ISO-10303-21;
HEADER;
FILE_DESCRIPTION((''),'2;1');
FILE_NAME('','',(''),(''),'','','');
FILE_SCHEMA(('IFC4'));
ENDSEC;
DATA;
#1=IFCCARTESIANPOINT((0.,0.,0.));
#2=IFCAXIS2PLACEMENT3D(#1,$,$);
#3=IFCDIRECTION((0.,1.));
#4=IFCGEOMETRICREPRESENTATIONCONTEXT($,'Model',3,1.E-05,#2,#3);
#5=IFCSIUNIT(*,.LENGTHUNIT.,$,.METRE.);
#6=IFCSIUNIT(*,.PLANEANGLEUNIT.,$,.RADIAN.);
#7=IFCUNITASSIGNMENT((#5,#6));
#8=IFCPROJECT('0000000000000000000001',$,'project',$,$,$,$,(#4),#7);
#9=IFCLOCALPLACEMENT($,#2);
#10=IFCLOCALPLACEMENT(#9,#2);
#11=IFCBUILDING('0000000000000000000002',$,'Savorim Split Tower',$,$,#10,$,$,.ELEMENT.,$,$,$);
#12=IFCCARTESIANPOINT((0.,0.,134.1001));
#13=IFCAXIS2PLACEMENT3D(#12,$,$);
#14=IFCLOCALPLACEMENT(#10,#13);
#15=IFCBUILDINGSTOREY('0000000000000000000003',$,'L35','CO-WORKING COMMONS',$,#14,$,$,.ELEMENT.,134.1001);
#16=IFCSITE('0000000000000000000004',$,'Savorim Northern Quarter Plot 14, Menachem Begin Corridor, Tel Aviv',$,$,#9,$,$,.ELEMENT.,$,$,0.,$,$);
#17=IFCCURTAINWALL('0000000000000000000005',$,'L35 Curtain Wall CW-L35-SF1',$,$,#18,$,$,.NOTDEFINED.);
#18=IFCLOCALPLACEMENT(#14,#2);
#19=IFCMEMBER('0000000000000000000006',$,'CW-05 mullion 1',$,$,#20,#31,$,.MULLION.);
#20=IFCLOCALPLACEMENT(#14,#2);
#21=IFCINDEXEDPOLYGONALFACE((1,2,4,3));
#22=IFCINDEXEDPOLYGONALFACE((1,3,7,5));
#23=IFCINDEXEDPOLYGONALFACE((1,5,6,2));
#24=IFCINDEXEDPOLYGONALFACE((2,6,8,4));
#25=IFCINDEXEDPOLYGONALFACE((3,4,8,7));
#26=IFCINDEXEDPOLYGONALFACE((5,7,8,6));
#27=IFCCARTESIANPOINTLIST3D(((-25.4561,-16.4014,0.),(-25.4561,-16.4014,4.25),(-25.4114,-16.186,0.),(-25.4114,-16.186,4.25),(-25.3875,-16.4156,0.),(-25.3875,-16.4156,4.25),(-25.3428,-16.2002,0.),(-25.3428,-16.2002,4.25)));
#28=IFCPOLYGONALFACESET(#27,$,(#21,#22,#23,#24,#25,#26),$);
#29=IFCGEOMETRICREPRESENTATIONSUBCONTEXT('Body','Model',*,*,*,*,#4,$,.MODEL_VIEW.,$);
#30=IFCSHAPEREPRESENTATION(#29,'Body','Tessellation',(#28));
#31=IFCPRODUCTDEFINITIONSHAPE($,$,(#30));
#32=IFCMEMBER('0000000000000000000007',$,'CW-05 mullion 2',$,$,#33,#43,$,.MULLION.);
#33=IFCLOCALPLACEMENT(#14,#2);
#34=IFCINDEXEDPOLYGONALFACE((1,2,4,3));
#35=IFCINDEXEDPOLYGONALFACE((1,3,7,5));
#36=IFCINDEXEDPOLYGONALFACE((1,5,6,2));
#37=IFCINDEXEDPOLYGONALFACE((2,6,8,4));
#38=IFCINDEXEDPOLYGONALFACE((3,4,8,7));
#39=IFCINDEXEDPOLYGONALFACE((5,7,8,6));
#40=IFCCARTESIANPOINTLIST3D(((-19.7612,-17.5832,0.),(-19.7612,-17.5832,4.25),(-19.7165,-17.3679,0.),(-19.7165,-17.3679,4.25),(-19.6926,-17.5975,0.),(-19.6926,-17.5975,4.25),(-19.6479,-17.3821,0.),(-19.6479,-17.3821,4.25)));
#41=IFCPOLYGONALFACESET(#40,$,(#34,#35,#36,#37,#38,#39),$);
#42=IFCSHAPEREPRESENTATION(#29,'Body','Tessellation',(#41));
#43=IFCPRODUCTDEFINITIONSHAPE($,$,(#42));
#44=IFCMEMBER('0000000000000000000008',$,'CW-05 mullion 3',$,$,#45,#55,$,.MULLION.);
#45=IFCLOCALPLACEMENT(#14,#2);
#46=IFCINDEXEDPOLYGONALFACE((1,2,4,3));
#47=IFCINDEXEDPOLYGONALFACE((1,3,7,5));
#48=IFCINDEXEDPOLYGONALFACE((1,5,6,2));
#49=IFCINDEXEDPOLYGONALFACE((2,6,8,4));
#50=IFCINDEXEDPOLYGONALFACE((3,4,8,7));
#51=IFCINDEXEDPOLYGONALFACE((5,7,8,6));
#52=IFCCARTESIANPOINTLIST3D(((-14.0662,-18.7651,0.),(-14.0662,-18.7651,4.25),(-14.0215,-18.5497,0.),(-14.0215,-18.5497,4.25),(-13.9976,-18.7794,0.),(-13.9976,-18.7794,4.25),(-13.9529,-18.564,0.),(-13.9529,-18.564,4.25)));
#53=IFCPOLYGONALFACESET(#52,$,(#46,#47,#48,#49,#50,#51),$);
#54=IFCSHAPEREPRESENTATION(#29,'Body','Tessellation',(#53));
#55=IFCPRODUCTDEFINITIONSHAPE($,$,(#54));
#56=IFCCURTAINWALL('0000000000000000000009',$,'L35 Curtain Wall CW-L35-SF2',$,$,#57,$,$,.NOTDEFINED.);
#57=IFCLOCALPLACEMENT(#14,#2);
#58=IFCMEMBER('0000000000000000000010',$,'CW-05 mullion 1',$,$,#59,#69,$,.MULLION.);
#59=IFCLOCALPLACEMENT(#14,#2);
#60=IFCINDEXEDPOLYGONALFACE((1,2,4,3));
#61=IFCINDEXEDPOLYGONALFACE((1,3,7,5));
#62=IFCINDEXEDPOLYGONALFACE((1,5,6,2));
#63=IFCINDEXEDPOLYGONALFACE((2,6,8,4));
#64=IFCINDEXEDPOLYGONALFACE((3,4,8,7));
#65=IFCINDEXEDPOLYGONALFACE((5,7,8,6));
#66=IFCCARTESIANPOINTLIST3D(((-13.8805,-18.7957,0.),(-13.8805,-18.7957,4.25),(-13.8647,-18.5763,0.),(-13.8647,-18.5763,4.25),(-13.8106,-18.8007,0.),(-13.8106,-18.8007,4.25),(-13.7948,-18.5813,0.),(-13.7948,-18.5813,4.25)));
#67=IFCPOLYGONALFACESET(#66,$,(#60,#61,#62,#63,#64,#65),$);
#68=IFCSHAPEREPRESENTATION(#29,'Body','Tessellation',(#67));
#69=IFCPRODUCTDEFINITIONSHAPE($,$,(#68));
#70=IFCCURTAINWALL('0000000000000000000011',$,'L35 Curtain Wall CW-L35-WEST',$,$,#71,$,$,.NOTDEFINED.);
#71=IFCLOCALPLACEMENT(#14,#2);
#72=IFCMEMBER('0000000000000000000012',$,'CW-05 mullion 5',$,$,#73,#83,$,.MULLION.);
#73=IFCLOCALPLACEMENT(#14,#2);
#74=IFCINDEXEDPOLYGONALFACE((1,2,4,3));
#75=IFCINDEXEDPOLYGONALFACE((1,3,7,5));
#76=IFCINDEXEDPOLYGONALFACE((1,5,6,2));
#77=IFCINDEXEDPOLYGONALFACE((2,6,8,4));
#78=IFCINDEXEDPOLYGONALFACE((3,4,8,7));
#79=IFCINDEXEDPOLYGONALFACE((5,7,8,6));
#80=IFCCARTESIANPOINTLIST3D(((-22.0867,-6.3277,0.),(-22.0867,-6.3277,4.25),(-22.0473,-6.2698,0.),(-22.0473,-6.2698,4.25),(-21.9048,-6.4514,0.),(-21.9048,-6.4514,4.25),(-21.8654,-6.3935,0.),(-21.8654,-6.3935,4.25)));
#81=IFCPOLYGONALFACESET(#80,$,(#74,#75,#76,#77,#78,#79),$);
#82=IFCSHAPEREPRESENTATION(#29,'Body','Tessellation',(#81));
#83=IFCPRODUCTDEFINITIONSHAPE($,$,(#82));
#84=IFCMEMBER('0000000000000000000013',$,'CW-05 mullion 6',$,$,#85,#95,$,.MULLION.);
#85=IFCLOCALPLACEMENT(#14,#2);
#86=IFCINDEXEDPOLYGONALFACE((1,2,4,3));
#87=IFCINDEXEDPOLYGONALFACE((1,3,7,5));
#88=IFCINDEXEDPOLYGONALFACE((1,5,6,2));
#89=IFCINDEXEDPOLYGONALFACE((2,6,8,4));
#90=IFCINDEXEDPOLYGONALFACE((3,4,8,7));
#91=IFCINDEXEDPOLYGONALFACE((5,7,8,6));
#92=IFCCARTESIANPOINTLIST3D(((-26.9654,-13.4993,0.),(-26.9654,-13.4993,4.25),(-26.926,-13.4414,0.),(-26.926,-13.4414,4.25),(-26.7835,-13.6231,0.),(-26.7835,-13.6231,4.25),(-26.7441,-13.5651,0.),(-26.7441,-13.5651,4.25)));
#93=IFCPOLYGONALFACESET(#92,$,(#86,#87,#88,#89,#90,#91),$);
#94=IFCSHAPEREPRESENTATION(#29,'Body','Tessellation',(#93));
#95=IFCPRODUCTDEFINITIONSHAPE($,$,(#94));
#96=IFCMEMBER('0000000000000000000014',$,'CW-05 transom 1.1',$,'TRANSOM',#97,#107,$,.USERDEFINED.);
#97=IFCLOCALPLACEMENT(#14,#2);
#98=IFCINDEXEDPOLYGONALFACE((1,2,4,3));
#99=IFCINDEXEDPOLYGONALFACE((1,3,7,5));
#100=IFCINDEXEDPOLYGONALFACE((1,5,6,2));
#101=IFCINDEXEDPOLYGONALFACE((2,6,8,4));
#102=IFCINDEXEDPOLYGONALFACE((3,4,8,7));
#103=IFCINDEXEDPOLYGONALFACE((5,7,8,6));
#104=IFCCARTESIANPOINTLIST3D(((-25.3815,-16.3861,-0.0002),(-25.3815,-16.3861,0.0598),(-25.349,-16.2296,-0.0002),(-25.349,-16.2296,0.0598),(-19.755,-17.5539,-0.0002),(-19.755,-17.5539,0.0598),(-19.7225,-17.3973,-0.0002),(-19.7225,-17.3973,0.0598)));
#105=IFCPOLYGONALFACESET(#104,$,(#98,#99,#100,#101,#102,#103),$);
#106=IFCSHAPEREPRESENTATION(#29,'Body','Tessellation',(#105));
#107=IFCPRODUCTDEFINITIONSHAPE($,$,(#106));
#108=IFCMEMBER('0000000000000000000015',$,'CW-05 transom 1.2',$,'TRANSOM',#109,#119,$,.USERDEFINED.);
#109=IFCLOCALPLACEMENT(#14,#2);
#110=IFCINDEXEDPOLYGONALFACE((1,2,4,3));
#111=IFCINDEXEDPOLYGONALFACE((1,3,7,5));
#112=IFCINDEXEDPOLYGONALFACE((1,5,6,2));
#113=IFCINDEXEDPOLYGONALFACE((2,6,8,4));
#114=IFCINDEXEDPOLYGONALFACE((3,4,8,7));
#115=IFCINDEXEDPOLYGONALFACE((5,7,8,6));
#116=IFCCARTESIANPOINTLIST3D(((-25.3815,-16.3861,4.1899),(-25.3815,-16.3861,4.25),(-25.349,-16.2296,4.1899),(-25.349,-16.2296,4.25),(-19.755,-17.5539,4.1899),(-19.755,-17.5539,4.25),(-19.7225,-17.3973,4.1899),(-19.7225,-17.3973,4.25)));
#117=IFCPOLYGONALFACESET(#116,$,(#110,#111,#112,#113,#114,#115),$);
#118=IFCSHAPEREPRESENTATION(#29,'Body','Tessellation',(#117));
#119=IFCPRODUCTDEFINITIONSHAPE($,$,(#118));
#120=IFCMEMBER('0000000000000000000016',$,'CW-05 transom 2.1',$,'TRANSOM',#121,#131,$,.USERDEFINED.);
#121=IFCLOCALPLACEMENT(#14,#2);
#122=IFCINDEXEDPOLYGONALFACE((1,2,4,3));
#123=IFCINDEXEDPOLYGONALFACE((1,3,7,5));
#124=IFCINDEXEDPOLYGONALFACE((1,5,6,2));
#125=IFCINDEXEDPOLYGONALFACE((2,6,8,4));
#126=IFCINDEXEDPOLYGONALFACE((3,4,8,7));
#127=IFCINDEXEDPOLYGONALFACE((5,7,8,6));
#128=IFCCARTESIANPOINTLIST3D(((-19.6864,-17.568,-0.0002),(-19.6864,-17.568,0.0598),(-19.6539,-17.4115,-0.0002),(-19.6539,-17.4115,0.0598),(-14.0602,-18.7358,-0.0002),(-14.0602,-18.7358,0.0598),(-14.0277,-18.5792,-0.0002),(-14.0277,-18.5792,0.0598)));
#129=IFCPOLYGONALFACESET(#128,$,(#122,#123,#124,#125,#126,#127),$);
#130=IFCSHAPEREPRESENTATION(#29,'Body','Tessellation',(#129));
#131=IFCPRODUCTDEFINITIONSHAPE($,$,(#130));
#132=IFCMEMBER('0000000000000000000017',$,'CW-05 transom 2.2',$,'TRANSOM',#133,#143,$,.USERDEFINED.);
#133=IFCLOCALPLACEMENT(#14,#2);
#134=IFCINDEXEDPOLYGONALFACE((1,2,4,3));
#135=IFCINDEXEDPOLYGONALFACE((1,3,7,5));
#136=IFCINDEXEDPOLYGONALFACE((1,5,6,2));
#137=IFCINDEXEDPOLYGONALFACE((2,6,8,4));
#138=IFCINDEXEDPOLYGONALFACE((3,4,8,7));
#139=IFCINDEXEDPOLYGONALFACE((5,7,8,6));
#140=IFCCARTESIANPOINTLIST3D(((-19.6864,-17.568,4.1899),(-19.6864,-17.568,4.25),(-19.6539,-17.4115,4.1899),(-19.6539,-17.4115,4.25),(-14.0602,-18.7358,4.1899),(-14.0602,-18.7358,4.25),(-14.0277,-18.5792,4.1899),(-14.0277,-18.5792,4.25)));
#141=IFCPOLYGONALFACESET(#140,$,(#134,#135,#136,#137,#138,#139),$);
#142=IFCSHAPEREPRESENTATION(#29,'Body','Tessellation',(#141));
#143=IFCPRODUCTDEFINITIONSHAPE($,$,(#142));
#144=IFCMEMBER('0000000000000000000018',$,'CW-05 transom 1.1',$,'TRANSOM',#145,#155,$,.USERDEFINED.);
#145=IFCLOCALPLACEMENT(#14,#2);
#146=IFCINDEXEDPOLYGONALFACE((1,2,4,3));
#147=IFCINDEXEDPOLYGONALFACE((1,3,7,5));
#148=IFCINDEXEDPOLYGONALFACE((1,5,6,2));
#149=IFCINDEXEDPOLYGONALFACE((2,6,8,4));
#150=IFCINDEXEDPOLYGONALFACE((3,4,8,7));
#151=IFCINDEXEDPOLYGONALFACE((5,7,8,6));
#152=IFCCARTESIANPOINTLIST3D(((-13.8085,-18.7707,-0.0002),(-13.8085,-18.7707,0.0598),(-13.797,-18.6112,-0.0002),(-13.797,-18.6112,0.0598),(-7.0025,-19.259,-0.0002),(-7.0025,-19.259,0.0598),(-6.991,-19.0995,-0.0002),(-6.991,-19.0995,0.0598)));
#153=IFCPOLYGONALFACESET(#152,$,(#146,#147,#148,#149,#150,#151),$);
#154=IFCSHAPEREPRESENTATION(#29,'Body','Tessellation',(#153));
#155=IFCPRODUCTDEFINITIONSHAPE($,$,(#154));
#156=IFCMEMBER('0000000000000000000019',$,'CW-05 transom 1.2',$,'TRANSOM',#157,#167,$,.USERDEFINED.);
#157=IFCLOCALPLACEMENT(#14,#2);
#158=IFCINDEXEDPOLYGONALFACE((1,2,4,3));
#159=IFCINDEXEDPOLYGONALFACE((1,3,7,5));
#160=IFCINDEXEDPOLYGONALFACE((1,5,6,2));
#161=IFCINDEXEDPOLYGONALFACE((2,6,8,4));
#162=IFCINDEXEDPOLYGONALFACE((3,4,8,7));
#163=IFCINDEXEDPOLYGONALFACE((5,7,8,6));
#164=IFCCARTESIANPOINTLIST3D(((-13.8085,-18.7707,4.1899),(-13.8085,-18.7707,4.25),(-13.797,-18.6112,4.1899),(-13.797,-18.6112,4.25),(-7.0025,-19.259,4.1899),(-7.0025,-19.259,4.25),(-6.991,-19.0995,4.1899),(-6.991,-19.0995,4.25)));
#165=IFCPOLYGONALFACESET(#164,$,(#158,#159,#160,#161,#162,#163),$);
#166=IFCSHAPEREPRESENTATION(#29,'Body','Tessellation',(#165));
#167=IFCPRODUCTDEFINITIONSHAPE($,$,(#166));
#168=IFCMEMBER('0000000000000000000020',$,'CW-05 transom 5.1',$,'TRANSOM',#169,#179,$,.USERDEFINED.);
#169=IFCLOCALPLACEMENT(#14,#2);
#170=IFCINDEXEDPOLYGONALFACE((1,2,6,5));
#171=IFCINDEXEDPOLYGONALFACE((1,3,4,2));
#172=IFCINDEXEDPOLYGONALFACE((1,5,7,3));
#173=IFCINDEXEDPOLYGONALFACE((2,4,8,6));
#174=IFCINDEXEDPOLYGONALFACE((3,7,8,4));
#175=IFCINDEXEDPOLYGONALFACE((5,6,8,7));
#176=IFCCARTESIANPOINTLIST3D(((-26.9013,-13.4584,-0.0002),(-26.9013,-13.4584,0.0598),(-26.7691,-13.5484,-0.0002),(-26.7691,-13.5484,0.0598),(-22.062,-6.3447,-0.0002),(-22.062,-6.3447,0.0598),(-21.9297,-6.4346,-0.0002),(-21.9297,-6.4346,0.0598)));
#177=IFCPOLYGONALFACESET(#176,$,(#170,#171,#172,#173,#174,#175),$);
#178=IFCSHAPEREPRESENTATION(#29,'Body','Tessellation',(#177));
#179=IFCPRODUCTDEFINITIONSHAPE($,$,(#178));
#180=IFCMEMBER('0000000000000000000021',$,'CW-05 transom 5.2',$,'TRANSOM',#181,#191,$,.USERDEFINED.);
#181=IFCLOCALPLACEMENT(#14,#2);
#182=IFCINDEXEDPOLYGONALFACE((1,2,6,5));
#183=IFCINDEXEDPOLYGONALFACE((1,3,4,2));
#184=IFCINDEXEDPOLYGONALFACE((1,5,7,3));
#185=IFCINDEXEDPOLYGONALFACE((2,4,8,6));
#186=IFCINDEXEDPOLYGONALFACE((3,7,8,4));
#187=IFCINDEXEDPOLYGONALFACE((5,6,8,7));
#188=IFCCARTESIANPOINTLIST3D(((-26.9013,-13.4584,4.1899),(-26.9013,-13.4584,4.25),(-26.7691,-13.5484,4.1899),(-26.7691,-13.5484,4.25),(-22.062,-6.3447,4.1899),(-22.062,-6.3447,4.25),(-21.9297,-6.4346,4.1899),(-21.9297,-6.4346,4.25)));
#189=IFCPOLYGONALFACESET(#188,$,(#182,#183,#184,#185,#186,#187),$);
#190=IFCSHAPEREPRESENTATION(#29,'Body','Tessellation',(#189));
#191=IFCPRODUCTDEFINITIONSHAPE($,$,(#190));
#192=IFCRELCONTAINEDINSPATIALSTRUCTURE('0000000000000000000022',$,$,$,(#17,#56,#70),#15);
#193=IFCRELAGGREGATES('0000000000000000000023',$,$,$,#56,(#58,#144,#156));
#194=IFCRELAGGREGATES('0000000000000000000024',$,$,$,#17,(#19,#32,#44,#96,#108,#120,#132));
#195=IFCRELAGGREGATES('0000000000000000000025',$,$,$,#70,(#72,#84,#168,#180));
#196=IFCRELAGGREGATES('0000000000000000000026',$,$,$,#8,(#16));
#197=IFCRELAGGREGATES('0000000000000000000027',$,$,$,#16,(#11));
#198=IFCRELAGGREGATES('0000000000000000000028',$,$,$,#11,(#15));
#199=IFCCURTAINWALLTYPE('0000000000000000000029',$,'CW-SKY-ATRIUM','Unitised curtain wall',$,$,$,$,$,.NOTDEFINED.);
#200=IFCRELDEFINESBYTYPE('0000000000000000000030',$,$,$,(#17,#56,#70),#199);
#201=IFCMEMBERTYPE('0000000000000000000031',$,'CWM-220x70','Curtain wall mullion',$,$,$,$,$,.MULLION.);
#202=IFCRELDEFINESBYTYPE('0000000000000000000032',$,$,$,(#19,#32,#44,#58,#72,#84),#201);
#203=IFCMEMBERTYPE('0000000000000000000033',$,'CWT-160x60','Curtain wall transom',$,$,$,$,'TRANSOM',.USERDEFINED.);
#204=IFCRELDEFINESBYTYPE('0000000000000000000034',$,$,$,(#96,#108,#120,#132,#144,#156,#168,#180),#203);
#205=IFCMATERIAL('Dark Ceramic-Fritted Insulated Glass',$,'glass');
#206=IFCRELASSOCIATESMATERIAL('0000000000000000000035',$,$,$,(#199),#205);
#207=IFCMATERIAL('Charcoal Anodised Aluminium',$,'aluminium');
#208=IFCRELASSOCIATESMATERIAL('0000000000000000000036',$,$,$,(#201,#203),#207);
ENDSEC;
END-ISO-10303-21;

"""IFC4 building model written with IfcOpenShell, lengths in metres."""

from ifc_helpers import new_model, si_unit, direction, frame, origin, origin_2d, place, context, subcontext, project, spatial, rectangle, extrude, material, material_profile, profile_set, type_object, element, aggregate, save


model = new_model("IFC4")

# Units and contexts
model_context = context("Model", 3, precision=1e-05, world=origin(), true_north=direction((0.0, 1.0)))
body_context = subcontext(model_context, "Body", "Model", "MODEL_VIEW")
ifc_project = project(units=[si_unit("LENGTHUNIT", "METRE"), si_unit("PLANEANGLEUNIT", "RADIAN")], contexts=[model_context])

# Site, building, storey
site_placement = place(None, origin())
site = spatial("IfcSite", under=ifc_project, at=site_placement, Name="Savorim Northern Quarter Plot 14, Menachem Begin Corridor, Tel Aviv", CompositionType="ELEMENT", RefElevation=0.0)
building_placement = place(site_placement, origin())
building = spatial("IfcBuilding", under=site, at=building_placement, Name="Savorim Split Tower", CompositionType="ELEMENT")
storey_placement = place(building_placement, frame((0.0, 0.0, 134.1001)))
storey = spatial("IfcBuildingStorey", under=building, at=storey_placement, Name="L35", Description="CO-WORKING COMMONS", CompositionType="ELEMENT", Elevation=134.1001)

# Curtain wall, members
ifc_material_1 = material(Name="Dark Ceramic-Fritted Insulated Glass", Category="glass")
curtain_wall_type = type_object("IfcCurtainWallType", Name="CW-SKY-ATRIUM", Description="Unitised curtain wall", PredefinedType="NOTDEFINED", material=ifc_material_1)
curtain_wall_1_placement = place(storey_placement, origin())
curtain_wall_1 = element("IfcCurtainWall", 1, at=curtain_wall_1_placement, inside=storey, type_object=curtain_wall_type, Name="L35 Curtain Wall CW-L35-SF1", PredefinedType="NOTDEFINED")
ifc_material_2 = material(Name="Charcoal Anodised Aluminium", Category="aluminium")
ifc_material_profile_1 = material_profile(ifc_material_2, rectangle(XDim=0.22, YDim=0.0701, at=origin_2d()), Name="ALU-M 220x70")
ifc_profile_set_1 = profile_set([ifc_material_profile_1], Name="Charcoal Anodised Aluminium")
member_type_1 = type_object("IfcMemberType", Name="CWM-220x70", Description="Curtain wall mullion", PredefinedType="MULLION", material=ifc_profile_set_1)
member_1_placement = place(storey_placement, frame((-25.3994, -16.3008, 0.0), z_axis=(0.0, 0.0, 1.0), x_axis=(0.20321, 0.979135, 0.0)))
member_1 = element("IfcMember", 2, at=member_1_placement, type_object=member_type_1, Name="CW-05 mullion 1", PredefinedType="MULLION", context=body_context, shape_type="SweptSolid", body=[
    extrude(rectangle(XDim=0.22, YDim=0.0701, at=origin_2d()), origin(), (0.0, 0.0, 1.0), 4.25),
])
member_2_placement = place(storey_placement, frame((-19.7046, -17.4827, 0.0), z_axis=(0.0, 0.0, 1.0), x_axis=(0.20321, 0.979135, 0.0)))
member_2 = element("IfcMember", 3, at=member_2_placement, type_object=member_type_1, Name="CW-05 mullion 2", PredefinedType="MULLION", context=body_context, shape_type="SweptSolid", body=[
    extrude(rectangle(XDim=0.22, YDim=0.0701, at=origin_2d()), origin(), (0.0, 0.0, 1.0), 4.25),
])
member_3_placement = place(storey_placement, frame((-14.0095, -18.6646, 0.0), z_axis=(0.0, 0.0, 1.0), x_axis=(0.20321, 0.979135, 0.0)))
member_3 = element("IfcMember", 4, at=member_3_placement, type_object=member_type_1, Name="CW-05 mullion 3", PredefinedType="MULLION", context=body_context, shape_type="SweptSolid", body=[
    extrude(rectangle(XDim=0.22, YDim=0.0701, at=origin_2d()), origin(), (0.0, 0.0, 1.0), 4.25),
])

# Curtain wall, member
curtain_wall_2_placement = place(storey_placement, origin())
curtain_wall_2 = element("IfcCurtainWall", 5, at=curtain_wall_2_placement, inside=storey, type_object=curtain_wall_type, Name="L35 Curtain Wall CW-L35-SF2", PredefinedType="NOTDEFINED")
member_4_placement = place(storey_placement, frame((-13.8376, -18.6885, 0.0), z_axis=(0.0, 0.0, 1.0), x_axis=(0.071561, 0.997436, 0.0)))
member_4 = element("IfcMember", 6, at=member_4_placement, type_object=member_type_1, Name="CW-05 mullion 1", PredefinedType="MULLION", context=body_context, shape_type="SweptSolid", body=[
    extrude(rectangle(XDim=0.22, YDim=0.0701, at=origin_2d()), origin(), (0.0, 0.0, 1.0), 4.25),
])

# Curtain wall, members
curtain_wall_3_placement = place(storey_placement, origin())
curtain_wall_3 = element("IfcCurtainWall", 7, at=curtain_wall_3_placement, inside=storey, type_object=curtain_wall_type, Name="L35 Curtain Wall CW-L35-WEST", PredefinedType="NOTDEFINED")
member_5_placement = place(storey_placement, frame((-21.9761, -6.3606, 0.0), z_axis=(0.0, 0.0, 1.0), x_axis=(0.82682, -0.562467, 0.0)))
member_5 = element("IfcMember", 8, at=member_5_placement, type_object=member_type_1, Name="CW-05 mullion 5", PredefinedType="MULLION", context=body_context, shape_type="SweptSolid", body=[
    extrude(rectangle(XDim=0.22, YDim=0.0701, at=origin_2d()), origin(), (0.0, 0.0, 1.0), 4.25),
])
member_6_placement = place(storey_placement, frame((-26.8547, -13.5322, 0.0), z_axis=(0.0, 0.0, 1.0), x_axis=(0.82682, -0.562467, 0.0)))
member_6 = element("IfcMember", 9, at=member_6_placement, type_object=member_type_1, Name="CW-05 mullion 6", PredefinedType="MULLION", context=body_context, shape_type="SweptSolid", body=[
    extrude(rectangle(XDim=0.22, YDim=0.0701, at=origin_2d()), origin(), (0.0, 0.0, 1.0), 4.25),
])

# Members
ifc_material_profile_2 = material_profile(ifc_material_2, rectangle(XDim=0.1599, YDim=0.0601, at=origin_2d()), Name="ALU-T 160x60")
ifc_profile_set_2 = profile_set([ifc_material_profile_2], Name="Charcoal Anodised Aluminium")
member_type_2 = type_object("IfcMemberType", Name="CWT-160x60", Description="Curtain wall transom", ElementType="TRANSOM", PredefinedType="USERDEFINED", material=ifc_profile_set_2)
member_7_placement = place(storey_placement, frame((-25.3652, -16.3079, 0.0298), z_axis=(0.979135, -0.203211, 0.0), x_axis=(0.203211, 0.979135, 0.0)))
member_7 = element("IfcMember", 10, at=member_7_placement, type_object=member_type_2, Name="CW-05 transom 1.1", ObjectType="TRANSOM", PredefinedType="USERDEFINED", context=body_context, shape_type="SweptSolid", body=[
    extrude(rectangle(XDim=0.1599, YDim=0.0601, at=origin_2d()), origin(), (0.0, 0.0, 1.0), 5.7463),
])
member_8_placement = place(storey_placement, frame((-25.3652, -16.3079, 4.22), z_axis=(0.979135, -0.203211, 0.0), x_axis=(0.203211, 0.979135, 0.0)))
member_8 = element("IfcMember", 11, at=member_8_placement, type_object=member_type_2, Name="CW-05 transom 1.2", ObjectType="TRANSOM", PredefinedType="USERDEFINED", context=body_context, shape_type="SweptSolid", body=[
    extrude(rectangle(XDim=0.1599, YDim=0.0601, at=origin_2d()), origin(), (0.0, 0.0, 1.0), 5.7463),
])
member_9_placement = place(storey_placement, frame((-19.6702, -17.4897, 0.0298), z_axis=(0.979133, -0.20322, 0.0), x_axis=(0.20322, 0.979133, 0.0)))
member_9 = element("IfcMember", 12, at=member_9_placement, type_object=member_type_2, Name="CW-05 transom 2.1", ObjectType="TRANSOM", PredefinedType="USERDEFINED", context=body_context, shape_type="SweptSolid", body=[
    extrude(rectangle(XDim=0.1599, YDim=0.0601, at=origin_2d()), origin(), (0.0, 0.0, 1.0), 5.7461),
])
member_10_placement = place(storey_placement, frame((-19.6702, -17.4897, 4.22), z_axis=(0.979133, -0.20322, 0.0), x_axis=(0.20322, 0.979133, 0.0)))
member_10 = element("IfcMember", 13, at=member_10_placement, type_object=member_type_2, Name="CW-05 transom 2.2", ObjectType="TRANSOM", PredefinedType="USERDEFINED", context=body_context, shape_type="SweptSolid", body=[
    extrude(rectangle(XDim=0.1599, YDim=0.0601, at=origin_2d()), origin(), (0.0, 0.0, 1.0), 5.7461),
])
member_11_placement = place(storey_placement, frame((-13.8027, -18.6909, 0.0298), z_axis=(0.997436, -0.07156, 0.0), x_axis=(0.07156, 0.997436, 0.0)))
member_11 = element("IfcMember", 14, at=member_11_placement, type_object=member_type_2, Name="CW-05 transom 1.1", ObjectType="TRANSOM", PredefinedType="USERDEFINED", context=body_context, shape_type="SweptSolid", body=[
    extrude(rectangle(XDim=0.1599, YDim=0.0601, at=origin_2d()), origin(), (0.0, 0.0, 1.0), 6.8235),
])
member_12_placement = place(storey_placement, frame((-13.8027, -18.6909, 4.22), z_axis=(0.997436, -0.07156, 0.0), x_axis=(0.07156, 0.997436, 0.0)))
member_12 = element("IfcMember", 15, at=member_12_placement, type_object=member_type_2, Name="CW-05 transom 1.2", ObjectType="TRANSOM", PredefinedType="USERDEFINED", context=body_context, shape_type="SweptSolid", body=[
    extrude(rectangle(XDim=0.1599, YDim=0.0601, at=origin_2d()), origin(), (0.0, 0.0, 1.0), 6.8235),
])
aggregate(curtain_wall_2, [member_4, member_11, member_12])
member_13_placement = place(storey_placement, frame((-21.9958, -6.3896, 0.0298), z_axis=(-0.562468, -0.826819, 0.0), x_axis=(0.826819, -0.562468, 0.0)))
member_13 = element("IfcMember", 16, at=member_13_placement, type_object=member_type_2, Name="CW-05 transom 5.1", ObjectType="TRANSOM", PredefinedType="USERDEFINED", context=body_context, shape_type="SweptSolid", body=[
    extrude(rectangle(XDim=0.1599, YDim=0.0601, at=origin_2d()), origin(), (0.0, 0.0, 1.0), 8.6038),
])
member_14_placement = place(storey_placement, frame((-21.9958, -6.3896, 4.22), z_axis=(-0.562468, -0.826819, 0.0), x_axis=(0.826819, -0.562468, 0.0)))
member_14 = element("IfcMember", 17, at=member_14_placement, type_object=member_type_2, Name="CW-05 transom 5.2", ObjectType="TRANSOM", PredefinedType="USERDEFINED", context=body_context, shape_type="SweptSolid", body=[
    extrude(rectangle(XDim=0.1599, YDim=0.0601, at=origin_2d()), origin(), (0.0, 0.0, 1.0), 8.6038),
])

aggregate(curtain_wall_1, [member_1, member_2, member_3, member_7, member_8, member_9, member_10])
aggregate(curtain_wall_3, [member_5, member_6, member_13, member_14])

save(model, "model.ifc")
